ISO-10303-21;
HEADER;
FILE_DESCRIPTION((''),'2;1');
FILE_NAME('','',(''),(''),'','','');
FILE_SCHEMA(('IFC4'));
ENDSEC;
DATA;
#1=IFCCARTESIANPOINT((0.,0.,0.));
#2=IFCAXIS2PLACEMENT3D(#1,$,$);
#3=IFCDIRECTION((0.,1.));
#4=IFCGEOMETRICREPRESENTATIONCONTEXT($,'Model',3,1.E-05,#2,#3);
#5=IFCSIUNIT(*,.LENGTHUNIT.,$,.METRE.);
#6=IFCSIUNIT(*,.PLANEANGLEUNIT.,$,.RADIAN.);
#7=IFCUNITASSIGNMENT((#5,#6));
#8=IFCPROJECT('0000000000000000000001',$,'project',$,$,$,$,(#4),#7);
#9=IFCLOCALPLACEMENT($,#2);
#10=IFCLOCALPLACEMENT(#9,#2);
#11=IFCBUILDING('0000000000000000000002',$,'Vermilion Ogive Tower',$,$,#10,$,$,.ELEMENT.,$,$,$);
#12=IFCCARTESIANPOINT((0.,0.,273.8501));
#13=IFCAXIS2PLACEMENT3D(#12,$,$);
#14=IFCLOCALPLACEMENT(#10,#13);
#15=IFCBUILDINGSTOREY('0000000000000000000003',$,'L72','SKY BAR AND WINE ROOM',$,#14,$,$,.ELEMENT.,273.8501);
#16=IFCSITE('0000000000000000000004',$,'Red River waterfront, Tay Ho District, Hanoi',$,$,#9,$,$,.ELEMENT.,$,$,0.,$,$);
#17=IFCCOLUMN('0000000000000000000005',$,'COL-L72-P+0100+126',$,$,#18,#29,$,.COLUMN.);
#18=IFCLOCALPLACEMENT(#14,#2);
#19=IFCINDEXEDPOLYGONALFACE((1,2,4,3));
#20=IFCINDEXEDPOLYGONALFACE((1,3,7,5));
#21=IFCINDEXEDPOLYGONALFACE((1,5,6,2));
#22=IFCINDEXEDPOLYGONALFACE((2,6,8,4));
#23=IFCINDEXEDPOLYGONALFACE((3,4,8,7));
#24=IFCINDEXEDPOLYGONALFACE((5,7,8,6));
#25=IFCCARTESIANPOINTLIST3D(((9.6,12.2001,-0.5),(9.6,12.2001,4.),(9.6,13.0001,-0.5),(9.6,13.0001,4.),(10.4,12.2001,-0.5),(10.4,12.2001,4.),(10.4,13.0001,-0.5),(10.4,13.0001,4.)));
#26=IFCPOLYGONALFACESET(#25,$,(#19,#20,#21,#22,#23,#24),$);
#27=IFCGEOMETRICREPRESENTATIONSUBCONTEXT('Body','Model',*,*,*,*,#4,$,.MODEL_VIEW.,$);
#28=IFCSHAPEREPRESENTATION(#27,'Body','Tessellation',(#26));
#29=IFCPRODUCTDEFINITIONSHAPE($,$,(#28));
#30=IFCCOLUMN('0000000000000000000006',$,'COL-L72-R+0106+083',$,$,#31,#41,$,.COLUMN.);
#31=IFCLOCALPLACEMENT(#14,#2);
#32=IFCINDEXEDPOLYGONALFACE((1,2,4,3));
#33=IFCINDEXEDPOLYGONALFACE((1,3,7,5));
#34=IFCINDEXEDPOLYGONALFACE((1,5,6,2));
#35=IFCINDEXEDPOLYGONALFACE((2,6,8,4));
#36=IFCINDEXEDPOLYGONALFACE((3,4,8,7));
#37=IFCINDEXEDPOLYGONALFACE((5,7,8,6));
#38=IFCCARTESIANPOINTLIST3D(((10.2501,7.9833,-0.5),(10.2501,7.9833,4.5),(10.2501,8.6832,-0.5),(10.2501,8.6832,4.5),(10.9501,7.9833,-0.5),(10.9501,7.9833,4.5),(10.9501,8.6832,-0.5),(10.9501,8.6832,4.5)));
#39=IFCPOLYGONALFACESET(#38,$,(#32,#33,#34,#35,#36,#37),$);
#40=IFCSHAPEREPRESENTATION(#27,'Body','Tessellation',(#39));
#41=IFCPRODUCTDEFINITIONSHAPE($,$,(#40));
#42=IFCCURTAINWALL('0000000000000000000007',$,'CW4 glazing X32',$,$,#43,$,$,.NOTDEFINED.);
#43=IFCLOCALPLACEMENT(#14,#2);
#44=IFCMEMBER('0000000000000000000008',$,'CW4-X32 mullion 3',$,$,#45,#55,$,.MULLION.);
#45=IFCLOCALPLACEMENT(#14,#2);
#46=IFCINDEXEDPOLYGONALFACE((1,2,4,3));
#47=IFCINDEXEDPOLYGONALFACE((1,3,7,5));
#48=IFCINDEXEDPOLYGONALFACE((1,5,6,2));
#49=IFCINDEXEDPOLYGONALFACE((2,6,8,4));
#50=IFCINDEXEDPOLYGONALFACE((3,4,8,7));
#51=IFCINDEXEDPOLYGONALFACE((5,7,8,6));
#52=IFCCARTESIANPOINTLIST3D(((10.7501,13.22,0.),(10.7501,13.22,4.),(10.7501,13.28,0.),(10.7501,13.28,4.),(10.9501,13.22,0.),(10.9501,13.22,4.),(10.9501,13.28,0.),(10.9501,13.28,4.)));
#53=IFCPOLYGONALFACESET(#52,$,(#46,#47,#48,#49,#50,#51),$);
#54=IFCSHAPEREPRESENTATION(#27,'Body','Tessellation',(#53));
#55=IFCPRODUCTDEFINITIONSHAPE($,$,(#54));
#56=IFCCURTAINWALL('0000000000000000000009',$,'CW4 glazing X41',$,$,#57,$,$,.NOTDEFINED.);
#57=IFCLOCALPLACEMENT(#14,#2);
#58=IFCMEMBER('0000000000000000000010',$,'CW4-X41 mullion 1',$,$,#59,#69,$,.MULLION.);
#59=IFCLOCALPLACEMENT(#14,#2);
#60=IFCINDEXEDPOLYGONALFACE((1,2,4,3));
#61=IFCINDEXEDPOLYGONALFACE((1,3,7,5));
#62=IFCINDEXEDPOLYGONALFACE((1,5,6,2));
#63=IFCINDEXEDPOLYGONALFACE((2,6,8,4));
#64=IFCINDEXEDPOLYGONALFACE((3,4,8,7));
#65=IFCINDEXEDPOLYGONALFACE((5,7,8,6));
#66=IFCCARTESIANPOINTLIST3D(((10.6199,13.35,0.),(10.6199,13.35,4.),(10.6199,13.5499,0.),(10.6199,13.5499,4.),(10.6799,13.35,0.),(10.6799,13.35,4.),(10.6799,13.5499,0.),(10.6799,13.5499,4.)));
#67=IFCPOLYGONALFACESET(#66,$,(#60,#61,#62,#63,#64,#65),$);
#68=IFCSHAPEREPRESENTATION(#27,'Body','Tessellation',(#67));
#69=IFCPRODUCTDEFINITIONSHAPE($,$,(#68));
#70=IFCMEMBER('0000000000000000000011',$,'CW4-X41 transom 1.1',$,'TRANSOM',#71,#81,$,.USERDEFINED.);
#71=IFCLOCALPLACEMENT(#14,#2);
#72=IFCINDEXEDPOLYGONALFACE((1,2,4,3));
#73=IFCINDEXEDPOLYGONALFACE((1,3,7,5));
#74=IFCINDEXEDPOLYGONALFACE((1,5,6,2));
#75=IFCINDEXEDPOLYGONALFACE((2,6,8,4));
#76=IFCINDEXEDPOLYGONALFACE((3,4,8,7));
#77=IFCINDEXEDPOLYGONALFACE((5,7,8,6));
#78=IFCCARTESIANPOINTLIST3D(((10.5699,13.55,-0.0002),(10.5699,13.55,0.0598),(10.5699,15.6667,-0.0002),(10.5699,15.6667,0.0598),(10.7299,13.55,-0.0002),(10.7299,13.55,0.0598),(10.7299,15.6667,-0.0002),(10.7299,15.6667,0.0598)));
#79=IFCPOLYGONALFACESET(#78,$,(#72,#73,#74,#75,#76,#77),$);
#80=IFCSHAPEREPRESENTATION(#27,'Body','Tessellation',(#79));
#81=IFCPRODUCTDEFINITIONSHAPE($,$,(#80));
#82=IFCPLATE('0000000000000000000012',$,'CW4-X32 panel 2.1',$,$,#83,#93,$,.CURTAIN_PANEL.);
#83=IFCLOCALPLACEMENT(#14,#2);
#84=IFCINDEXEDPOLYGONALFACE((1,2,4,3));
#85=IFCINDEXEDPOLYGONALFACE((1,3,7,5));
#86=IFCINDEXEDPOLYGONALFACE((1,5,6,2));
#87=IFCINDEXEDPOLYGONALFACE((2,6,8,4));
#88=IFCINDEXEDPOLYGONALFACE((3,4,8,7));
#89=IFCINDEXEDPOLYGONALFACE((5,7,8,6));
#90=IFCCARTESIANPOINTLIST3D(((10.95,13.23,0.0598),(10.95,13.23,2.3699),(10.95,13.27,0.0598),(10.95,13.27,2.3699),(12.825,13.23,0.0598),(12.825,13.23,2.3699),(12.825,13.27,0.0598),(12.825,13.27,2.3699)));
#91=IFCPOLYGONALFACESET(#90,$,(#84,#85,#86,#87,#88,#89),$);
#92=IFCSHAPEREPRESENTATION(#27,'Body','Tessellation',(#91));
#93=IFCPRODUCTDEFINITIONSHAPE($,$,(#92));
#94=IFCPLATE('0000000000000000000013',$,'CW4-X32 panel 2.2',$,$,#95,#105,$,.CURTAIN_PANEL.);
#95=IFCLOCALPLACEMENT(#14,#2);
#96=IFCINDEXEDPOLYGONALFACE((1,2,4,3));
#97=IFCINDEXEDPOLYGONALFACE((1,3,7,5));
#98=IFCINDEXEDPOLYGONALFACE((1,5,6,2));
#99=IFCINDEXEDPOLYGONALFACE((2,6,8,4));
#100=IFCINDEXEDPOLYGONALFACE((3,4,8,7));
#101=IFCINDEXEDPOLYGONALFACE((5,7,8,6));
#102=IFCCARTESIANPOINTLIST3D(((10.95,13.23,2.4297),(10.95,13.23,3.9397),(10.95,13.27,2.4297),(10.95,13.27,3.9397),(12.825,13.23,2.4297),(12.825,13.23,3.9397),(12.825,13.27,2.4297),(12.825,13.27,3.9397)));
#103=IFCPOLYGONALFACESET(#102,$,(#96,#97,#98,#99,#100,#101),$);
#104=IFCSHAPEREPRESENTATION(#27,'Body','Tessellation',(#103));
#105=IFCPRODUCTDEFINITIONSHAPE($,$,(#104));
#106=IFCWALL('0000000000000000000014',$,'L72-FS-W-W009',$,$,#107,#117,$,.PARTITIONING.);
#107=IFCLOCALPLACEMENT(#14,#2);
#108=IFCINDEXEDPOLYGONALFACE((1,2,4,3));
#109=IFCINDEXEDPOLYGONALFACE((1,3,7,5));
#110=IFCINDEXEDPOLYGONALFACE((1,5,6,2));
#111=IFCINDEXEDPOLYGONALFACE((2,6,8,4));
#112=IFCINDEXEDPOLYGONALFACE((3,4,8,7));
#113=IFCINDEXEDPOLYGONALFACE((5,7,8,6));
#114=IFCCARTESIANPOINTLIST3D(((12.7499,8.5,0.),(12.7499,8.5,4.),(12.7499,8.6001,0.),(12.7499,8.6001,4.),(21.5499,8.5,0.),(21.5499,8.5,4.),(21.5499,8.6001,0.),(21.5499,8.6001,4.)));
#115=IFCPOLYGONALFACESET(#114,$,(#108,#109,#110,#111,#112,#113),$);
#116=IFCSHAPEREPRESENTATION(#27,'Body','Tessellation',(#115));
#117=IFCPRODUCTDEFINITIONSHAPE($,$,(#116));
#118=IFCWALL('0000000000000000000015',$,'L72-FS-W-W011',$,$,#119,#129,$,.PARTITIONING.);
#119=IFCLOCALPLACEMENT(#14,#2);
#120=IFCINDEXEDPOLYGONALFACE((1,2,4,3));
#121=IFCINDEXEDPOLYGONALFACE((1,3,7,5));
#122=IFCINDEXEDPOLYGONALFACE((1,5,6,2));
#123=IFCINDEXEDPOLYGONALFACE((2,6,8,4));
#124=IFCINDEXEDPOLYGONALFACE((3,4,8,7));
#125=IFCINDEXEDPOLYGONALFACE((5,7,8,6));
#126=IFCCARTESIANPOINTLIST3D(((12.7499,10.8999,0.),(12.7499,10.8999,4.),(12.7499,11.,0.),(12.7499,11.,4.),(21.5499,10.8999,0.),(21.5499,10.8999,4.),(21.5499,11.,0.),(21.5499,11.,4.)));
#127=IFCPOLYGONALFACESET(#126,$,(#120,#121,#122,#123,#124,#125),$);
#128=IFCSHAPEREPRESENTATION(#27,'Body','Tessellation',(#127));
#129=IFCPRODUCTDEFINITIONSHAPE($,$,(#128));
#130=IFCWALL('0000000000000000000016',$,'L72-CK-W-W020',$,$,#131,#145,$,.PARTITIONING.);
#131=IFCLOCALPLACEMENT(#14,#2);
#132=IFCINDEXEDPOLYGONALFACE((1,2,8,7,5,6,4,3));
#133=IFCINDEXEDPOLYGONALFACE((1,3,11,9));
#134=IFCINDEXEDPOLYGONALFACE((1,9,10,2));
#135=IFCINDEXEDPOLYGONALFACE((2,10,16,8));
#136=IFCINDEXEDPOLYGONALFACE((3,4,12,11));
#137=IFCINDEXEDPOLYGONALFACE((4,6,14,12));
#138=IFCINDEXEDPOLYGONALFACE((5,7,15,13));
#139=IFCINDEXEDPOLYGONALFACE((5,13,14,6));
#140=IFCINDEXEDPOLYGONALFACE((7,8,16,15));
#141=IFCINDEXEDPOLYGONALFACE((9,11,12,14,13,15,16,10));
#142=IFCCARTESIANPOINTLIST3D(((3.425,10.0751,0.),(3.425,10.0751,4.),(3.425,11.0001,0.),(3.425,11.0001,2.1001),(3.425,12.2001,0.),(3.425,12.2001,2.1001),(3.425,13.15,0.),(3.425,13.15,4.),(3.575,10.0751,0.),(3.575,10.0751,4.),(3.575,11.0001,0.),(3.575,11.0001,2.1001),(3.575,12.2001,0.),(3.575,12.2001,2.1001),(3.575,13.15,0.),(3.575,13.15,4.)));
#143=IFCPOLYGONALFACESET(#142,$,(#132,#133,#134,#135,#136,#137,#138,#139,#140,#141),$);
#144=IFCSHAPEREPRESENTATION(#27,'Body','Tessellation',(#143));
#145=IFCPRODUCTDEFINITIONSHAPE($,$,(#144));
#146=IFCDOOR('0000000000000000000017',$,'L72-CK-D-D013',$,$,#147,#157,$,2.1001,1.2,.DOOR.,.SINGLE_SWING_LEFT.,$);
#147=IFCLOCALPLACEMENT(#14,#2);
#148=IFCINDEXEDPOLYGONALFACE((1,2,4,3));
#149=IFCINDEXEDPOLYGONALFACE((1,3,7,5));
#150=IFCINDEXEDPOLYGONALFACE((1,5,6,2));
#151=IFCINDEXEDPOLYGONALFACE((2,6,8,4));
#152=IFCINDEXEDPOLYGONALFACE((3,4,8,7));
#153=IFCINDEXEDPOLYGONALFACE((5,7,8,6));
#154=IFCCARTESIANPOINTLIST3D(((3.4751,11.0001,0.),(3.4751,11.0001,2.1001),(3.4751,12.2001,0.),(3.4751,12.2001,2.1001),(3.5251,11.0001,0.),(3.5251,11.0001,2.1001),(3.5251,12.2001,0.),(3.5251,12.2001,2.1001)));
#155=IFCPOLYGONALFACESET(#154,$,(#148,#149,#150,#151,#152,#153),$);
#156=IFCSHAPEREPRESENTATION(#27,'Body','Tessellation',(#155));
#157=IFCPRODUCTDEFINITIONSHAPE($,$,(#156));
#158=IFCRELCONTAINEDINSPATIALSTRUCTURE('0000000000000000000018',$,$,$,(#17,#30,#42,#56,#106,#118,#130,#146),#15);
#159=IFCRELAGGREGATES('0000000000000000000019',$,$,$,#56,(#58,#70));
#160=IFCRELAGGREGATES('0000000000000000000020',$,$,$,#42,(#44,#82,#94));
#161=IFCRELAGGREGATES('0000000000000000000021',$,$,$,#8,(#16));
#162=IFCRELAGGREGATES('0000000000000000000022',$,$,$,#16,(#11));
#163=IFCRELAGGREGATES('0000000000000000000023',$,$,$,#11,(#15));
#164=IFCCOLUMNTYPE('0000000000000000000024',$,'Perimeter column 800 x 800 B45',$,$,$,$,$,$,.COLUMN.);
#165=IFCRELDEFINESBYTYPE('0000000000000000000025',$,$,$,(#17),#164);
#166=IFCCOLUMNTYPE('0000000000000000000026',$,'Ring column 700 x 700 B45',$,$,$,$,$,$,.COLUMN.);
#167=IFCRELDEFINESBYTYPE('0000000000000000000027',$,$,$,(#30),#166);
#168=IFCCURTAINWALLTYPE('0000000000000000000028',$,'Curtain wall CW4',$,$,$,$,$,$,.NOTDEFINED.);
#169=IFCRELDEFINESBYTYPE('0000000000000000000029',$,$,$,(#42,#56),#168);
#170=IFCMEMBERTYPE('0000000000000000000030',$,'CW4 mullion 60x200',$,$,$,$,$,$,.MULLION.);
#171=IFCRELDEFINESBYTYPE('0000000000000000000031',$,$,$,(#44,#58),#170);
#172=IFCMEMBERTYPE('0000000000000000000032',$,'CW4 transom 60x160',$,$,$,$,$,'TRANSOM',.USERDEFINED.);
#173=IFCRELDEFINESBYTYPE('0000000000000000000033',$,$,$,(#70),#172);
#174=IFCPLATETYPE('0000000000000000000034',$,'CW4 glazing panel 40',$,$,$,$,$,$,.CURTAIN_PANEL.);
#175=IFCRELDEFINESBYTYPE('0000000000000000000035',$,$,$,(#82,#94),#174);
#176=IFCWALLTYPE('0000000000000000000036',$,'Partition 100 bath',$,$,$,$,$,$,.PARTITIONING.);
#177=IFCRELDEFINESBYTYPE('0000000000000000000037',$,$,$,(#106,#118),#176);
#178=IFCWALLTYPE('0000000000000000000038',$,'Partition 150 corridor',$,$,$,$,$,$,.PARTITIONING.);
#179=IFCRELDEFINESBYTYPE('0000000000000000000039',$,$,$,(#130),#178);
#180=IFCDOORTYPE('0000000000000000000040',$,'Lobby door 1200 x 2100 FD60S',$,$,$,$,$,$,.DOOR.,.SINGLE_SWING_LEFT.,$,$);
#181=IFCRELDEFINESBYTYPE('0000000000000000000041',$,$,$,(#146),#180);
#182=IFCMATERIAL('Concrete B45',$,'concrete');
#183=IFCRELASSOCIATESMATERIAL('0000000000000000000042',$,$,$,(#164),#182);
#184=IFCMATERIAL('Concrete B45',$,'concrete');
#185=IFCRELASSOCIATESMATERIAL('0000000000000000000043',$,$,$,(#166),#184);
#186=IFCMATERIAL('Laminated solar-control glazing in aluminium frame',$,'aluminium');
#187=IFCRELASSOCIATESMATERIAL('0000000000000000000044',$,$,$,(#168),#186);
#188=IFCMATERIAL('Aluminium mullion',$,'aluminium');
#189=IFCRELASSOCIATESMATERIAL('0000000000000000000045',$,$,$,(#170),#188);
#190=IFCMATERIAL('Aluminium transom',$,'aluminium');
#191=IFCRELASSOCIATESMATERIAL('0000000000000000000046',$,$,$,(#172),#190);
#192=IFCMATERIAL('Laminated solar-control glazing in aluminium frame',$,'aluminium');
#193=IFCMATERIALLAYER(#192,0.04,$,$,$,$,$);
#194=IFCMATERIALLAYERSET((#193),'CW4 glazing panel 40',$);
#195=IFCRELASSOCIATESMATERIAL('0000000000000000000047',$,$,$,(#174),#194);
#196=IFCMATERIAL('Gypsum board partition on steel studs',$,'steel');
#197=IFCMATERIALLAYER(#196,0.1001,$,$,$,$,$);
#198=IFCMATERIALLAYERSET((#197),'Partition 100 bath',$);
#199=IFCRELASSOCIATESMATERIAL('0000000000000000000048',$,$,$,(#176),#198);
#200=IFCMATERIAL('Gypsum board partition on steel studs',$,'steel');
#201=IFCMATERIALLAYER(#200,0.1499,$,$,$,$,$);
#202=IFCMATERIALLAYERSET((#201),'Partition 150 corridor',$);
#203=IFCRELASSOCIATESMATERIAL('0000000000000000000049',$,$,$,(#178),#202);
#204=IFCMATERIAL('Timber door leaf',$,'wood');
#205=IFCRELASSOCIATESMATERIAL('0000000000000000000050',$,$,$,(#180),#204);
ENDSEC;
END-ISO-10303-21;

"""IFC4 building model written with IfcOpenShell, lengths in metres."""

from ifc_helpers import new_model, si_unit, direction, frame, frame_2d, origin, origin_2d, place, context, subcontext, project, spatial, rectangle, extrude, material, layer, layer_set, material_profile, profile_set, type_object, element, fill, aggregate, save


model = new_model("IFC4")

# Units and contexts
model_context = context("Model", 3, precision=1e-05, world=origin(), true_north=direction((0.0, 1.0)))
body_context = subcontext(model_context, "Body", "Model", "MODEL_VIEW")
ifc_project = project(units=[si_unit("LENGTHUNIT", "METRE"), si_unit("PLANEANGLEUNIT", "RADIAN")], contexts=[model_context])

# Site, building, storey
site_placement = place(None, origin())
site = spatial("IfcSite", under=ifc_project, at=site_placement, Name="Red River waterfront, Tay Ho District, Hanoi", CompositionType="ELEMENT", RefElevation=0.0)
building_placement = place(site_placement, origin())
building = spatial("IfcBuilding", under=site, at=building_placement, Name="Vermilion Ogive Tower", CompositionType="ELEMENT")
storey_placement = place(building_placement, frame((0.0, 0.0, 273.8501)))
storey = spatial("IfcBuildingStorey", under=building, at=storey_placement, Name="L72", Description="SKY BAR AND WINE ROOM", CompositionType="ELEMENT", Elevation=273.8501)

# Columns
ifc_material_1 = material(Name="Concrete B45", Category="concrete")
ifc_material_profile_1 = material_profile(ifc_material_1, rectangle(XDim=0.8, YDim=0.8, at=origin_2d()), Name="800 x 800")
ifc_profile_set_1 = profile_set([ifc_material_profile_1], Name="Concrete B45")
column_type_1 = type_object("IfcColumnType", Name="Perimeter column 800 x 800 B45", PredefinedType="COLUMN", material=ifc_profile_set_1)
column_1_placement = place(storey_placement, frame((10.0, 12.6001, -0.5), z_axis=(0.0, 0.0, 1.0), x_axis=(1.0, 0.0, 0.0)))
element("IfcColumn", 1, at=column_1_placement, inside=storey, type_object=column_type_1, Name="COL-L72-P+0100+126", PredefinedType="COLUMN", context=body_context, shape_type="SweptSolid", body=[
    extrude(rectangle(XDim=0.8, YDim=0.8, at=origin_2d()), origin(), (0.0, 0.0, 1.0), 4.5),
])
ifc_material_2 = material(Name="Concrete B45", Category="concrete")
ifc_material_profile_2 = material_profile(ifc_material_2, rectangle(XDim=0.7, YDim=0.7, at=origin_2d()), Name="700 x 700")
ifc_profile_set_2 = profile_set([ifc_material_profile_2], Name="Concrete B45")
column_type_2 = type_object("IfcColumnType", Name="Ring column 700 x 700 B45", PredefinedType="COLUMN", material=ifc_profile_set_2)
column_2_placement = place(storey_placement, frame((10.6001, 8.3333, -0.5), z_axis=(0.0, 0.0, 1.0), x_axis=(1.0, 0.0, 0.0)))
element("IfcColumn", 2, at=column_2_placement, inside=storey, type_object=column_type_2, Name="COL-L72-R+0106+083", PredefinedType="COLUMN", context=body_context, shape_type="SweptSolid", body=[
    extrude(rectangle(XDim=0.7, YDim=0.7, at=origin_2d()), origin(), (0.0, 0.0, 1.0), 5.0),
])

# Curtain wall, member
ifc_material_3 = material(Name="Laminated solar-control glazing in aluminium frame", Category="aluminium")
curtain_wall_type = type_object("IfcCurtainWallType", Name="Curtain wall CW4", PredefinedType="NOTDEFINED", material=ifc_material_3)
curtain_wall_1_placement = place(storey_placement, origin())
curtain_wall_1 = element("IfcCurtainWall", 3, at=curtain_wall_1_placement, inside=storey, type_object=curtain_wall_type, Name="CW4 glazing X32", PredefinedType="NOTDEFINED")
ifc_material_4 = material(Name="Aluminium mullion", Category="aluminium")
ifc_material_profile_3 = material_profile(ifc_material_4, rectangle(XDim=0.0601, YDim=0.2, at=origin_2d()), Name="AL 60x200")
ifc_profile_set_3 = profile_set([ifc_material_profile_3], Name="Aluminium mullion")
member_type_1 = type_object("IfcMemberType", Name="CW4 mullion 60x200", PredefinedType="MULLION", material=ifc_profile_set_3)
member_1_placement = place(storey_placement, frame((10.8501, 13.25, 0.0), z_axis=(0.0, 0.0, 1.0), x_axis=(0.0, -1.0, 0.0)))
member_1 = element("IfcMember", 4, at=member_1_placement, type_object=member_type_1, Name="CW4-X32 mullion 3", PredefinedType="MULLION", context=body_context, shape_type="SweptSolid", body=[
    extrude(rectangle(XDim=0.0601, YDim=0.2, at=origin_2d()), origin(), (0.0, 0.0, 1.0), 4.0),
])

# Curtain wall, members
curtain_wall_2_placement = place(storey_placement, origin())
curtain_wall_2 = element("IfcCurtainWall", 5, at=curtain_wall_2_placement, inside=storey, type_object=curtain_wall_type, Name="CW4 glazing X41", PredefinedType="NOTDEFINED")
member_2_placement = place(storey_placement, frame((10.6499, 13.45, 0.0), z_axis=(0.0, 0.0, 1.0), x_axis=(-1.0, 0.0, 0.0)))
member_2 = element("IfcMember", 6, at=member_2_placement, type_object=member_type_1, Name="CW4-X41 mullion 1", PredefinedType="MULLION", context=body_context, shape_type="SweptSolid", body=[
    extrude(rectangle(XDim=0.0601, YDim=0.2, at=origin_2d()), origin(), (0.0, 0.0, 1.0), 4.0),
])
ifc_material_5 = material(Name="Aluminium transom", Category="aluminium")
ifc_material_profile_4 = material_profile(ifc_material_5, rectangle(XDim=0.1599, YDim=0.0601, at=origin_2d()), Name="AL 60x160")
ifc_profile_set_4 = profile_set([ifc_material_profile_4], Name="Aluminium transom")
member_type_2 = type_object("IfcMemberType", Name="CW4 transom 60x160", ElementType="TRANSOM", PredefinedType="USERDEFINED", material=ifc_profile_set_4)
member_3_placement = place(storey_placement, frame((10.6499, 13.55, 0.0298), z_axis=(0.0, 1.0, 0.0), x_axis=(-1.0, 0.0, 0.0)))
member_3 = element("IfcMember", 7, at=member_3_placement, type_object=member_type_2, Name="CW4-X41 transom 1.1", ObjectType="TRANSOM", PredefinedType="USERDEFINED", context=body_context, shape_type="SweptSolid", body=[
    extrude(rectangle(XDim=0.1599, YDim=0.0601, at=origin_2d()), origin(), (0.0, 0.0, 1.0), 2.1167),
])
aggregate(curtain_wall_2, [member_2, member_3])

# Plates
ifc_material_6 = material(Name="Laminated solar-control glazing in aluminium frame", Category="aluminium")
ifc_layer_1 = layer(ifc_material_6, 0.04)
ifc_layer_set_1 = layer_set([ifc_layer_1], Name="CW4 glazing panel 40")
plate_type = type_object("IfcPlateType", Name="CW4 glazing panel 40", PredefinedType="CURTAIN_PANEL", material=ifc_layer_set_1)
plate_1_placement = place(storey_placement, frame((11.8875, 13.25, 0.0598), z_axis=(0.0, 0.0, 1.0), x_axis=(-1.0, 0.0, 0.0)))
plate_1 = element("IfcPlate", 8, at=plate_1_placement, type_object=plate_type, Name="CW4-X32 panel 2.1", PredefinedType="CURTAIN_PANEL", context=body_context, shape_type="SweptSolid", body=[
    extrude(rectangle(XDim=1.875, YDim=0.04, at=origin_2d()), origin(), (0.0, 0.0, 1.0), 2.3101),
])
plate_2_placement = place(storey_placement, frame((11.8875, 13.25, 2.4297), z_axis=(0.0, 0.0, 1.0), x_axis=(-1.0, 0.0, 0.0)))
plate_2 = element("IfcPlate", 9, at=plate_2_placement, type_object=plate_type, Name="CW4-X32 panel 2.2", PredefinedType="CURTAIN_PANEL", context=body_context, shape_type="SweptSolid", body=[
    extrude(rectangle(XDim=1.875, YDim=0.04, at=origin_2d()), origin(), (0.0, 0.0, 1.0), 1.51),
])
aggregate(curtain_wall_1, [member_1, plate_1, plate_2])

# Walls
ifc_material_7 = material(Name="Gypsum board partition on steel studs", Category="steel")
ifc_layer_2 = layer(ifc_material_7, 0.1001)
ifc_layer_set_2 = layer_set([ifc_layer_2], Name="Partition 100 bath")
wall_type_1 = type_object("IfcWallType", Name="Partition 100 bath", PredefinedType="PARTITIONING", material=ifc_layer_set_2)
for number, where, z_axis, x_axis, name in (
    (10, (12.75, 8.55, 0.0), (0.0, 0.0, 1.0), (1.0, 0.0, 0.0), "L72-FS-W-W009"),
    (11, (12.75, 10.95, 0.0), (0.0, 0.0, 1.0), (1.0, 0.0, 0.0), "L72-FS-W-W011"),
):
    element("IfcWall", number, at=place(storey_placement, frame(where, z_axis=z_axis, x_axis=x_axis)), inside=storey, type_object=wall_type_1, Name=name, PredefinedType="PARTITIONING", context=body_context, shape_type="SweptSolid", body=[
        extrude(rectangle(XDim=8.8, YDim=0.1001, at=frame_2d((4.3999, 0.0))), origin(), (0.0, 0.0, 1.0), 4.0),
    ])

# Wall, opening, door
ifc_material_8 = material(Name="Gypsum board partition on steel studs", Category="steel")
ifc_layer_3 = layer(ifc_material_8, 0.1499)
ifc_layer_set_3 = layer_set([ifc_layer_3], Name="Partition 150 corridor")
wall_type_2 = type_object("IfcWallType", Name="Partition 150 corridor", PredefinedType="PARTITIONING", material=ifc_layer_set_3)
wall_1_placement = place(storey_placement, frame((3.5, 10.075, 0.0), z_axis=(0.0, 0.0, 1.0), x_axis=(0.0, 1.0, 0.0)))
wall_1 = element("IfcWall", 12, at=wall_1_placement, inside=storey, type_object=wall_type_2, Name="L72-CK-W-W020", PredefinedType="PARTITIONING", context=body_context, shape_type="SweptSolid", body=[
    extrude(rectangle(XDim=3.075, YDim=0.1499, at=frame_2d((1.5376, 0.0))), origin(), (0.0, 0.0, 1.0), 4.0),
])
opening_1_placement = place(wall_1_placement, frame((0.925, 0.0, 0.0)))
opening_1 = element("IfcOpeningElement", 13, at=opening_1_placement, cuts=wall_1, PredefinedType="OPENING", context=body_context, shape_type="SweptSolid", body=[
    extrude(rectangle(XDim=1.2, YDim=2.1001, at=frame_2d((0.6001, 1.05))), frame((0.0, 0.085, 0.0), z_axis=(0.0, -1.0, 0.0), x_axis=(1.0, 0.0, 0.0)), (0.0, 0.0, 1.0), 0.1699),
])
ifc_material_9 = material(Name="Timber door leaf", Category="wood")
door_type_1 = type_object("IfcDoorType", Name="Lobby door 1200 x 2100 FD60S", OperationType="SINGLE_SWING_LEFT", PredefinedType="DOOR", material=ifc_material_9)
door_1_placement = place(opening_1_placement, origin())
door_1 = element("IfcDoor", 14, at=door_1_placement, inside=storey, type_object=door_type_1, Name="L72-CK-D-D013", OperationType="SINGLE_SWING_LEFT", OverallHeight=2.1001, OverallWidth=1.2, PredefinedType="DOOR", context=body_context, shape_type="SweptSolid", body=[
    extrude(rectangle(XDim=1.2, YDim=2.1001, at=frame_2d((0.6001, 1.05))), frame((0.0, 0.0249, 0.0), z_axis=(0.0, -1.0, 0.0), x_axis=(1.0, 0.0, 0.0)), (0.0, 0.0, 1.0), 0.05),
])
fill(opening_1, door_1)

save(model, "model.ifc")
